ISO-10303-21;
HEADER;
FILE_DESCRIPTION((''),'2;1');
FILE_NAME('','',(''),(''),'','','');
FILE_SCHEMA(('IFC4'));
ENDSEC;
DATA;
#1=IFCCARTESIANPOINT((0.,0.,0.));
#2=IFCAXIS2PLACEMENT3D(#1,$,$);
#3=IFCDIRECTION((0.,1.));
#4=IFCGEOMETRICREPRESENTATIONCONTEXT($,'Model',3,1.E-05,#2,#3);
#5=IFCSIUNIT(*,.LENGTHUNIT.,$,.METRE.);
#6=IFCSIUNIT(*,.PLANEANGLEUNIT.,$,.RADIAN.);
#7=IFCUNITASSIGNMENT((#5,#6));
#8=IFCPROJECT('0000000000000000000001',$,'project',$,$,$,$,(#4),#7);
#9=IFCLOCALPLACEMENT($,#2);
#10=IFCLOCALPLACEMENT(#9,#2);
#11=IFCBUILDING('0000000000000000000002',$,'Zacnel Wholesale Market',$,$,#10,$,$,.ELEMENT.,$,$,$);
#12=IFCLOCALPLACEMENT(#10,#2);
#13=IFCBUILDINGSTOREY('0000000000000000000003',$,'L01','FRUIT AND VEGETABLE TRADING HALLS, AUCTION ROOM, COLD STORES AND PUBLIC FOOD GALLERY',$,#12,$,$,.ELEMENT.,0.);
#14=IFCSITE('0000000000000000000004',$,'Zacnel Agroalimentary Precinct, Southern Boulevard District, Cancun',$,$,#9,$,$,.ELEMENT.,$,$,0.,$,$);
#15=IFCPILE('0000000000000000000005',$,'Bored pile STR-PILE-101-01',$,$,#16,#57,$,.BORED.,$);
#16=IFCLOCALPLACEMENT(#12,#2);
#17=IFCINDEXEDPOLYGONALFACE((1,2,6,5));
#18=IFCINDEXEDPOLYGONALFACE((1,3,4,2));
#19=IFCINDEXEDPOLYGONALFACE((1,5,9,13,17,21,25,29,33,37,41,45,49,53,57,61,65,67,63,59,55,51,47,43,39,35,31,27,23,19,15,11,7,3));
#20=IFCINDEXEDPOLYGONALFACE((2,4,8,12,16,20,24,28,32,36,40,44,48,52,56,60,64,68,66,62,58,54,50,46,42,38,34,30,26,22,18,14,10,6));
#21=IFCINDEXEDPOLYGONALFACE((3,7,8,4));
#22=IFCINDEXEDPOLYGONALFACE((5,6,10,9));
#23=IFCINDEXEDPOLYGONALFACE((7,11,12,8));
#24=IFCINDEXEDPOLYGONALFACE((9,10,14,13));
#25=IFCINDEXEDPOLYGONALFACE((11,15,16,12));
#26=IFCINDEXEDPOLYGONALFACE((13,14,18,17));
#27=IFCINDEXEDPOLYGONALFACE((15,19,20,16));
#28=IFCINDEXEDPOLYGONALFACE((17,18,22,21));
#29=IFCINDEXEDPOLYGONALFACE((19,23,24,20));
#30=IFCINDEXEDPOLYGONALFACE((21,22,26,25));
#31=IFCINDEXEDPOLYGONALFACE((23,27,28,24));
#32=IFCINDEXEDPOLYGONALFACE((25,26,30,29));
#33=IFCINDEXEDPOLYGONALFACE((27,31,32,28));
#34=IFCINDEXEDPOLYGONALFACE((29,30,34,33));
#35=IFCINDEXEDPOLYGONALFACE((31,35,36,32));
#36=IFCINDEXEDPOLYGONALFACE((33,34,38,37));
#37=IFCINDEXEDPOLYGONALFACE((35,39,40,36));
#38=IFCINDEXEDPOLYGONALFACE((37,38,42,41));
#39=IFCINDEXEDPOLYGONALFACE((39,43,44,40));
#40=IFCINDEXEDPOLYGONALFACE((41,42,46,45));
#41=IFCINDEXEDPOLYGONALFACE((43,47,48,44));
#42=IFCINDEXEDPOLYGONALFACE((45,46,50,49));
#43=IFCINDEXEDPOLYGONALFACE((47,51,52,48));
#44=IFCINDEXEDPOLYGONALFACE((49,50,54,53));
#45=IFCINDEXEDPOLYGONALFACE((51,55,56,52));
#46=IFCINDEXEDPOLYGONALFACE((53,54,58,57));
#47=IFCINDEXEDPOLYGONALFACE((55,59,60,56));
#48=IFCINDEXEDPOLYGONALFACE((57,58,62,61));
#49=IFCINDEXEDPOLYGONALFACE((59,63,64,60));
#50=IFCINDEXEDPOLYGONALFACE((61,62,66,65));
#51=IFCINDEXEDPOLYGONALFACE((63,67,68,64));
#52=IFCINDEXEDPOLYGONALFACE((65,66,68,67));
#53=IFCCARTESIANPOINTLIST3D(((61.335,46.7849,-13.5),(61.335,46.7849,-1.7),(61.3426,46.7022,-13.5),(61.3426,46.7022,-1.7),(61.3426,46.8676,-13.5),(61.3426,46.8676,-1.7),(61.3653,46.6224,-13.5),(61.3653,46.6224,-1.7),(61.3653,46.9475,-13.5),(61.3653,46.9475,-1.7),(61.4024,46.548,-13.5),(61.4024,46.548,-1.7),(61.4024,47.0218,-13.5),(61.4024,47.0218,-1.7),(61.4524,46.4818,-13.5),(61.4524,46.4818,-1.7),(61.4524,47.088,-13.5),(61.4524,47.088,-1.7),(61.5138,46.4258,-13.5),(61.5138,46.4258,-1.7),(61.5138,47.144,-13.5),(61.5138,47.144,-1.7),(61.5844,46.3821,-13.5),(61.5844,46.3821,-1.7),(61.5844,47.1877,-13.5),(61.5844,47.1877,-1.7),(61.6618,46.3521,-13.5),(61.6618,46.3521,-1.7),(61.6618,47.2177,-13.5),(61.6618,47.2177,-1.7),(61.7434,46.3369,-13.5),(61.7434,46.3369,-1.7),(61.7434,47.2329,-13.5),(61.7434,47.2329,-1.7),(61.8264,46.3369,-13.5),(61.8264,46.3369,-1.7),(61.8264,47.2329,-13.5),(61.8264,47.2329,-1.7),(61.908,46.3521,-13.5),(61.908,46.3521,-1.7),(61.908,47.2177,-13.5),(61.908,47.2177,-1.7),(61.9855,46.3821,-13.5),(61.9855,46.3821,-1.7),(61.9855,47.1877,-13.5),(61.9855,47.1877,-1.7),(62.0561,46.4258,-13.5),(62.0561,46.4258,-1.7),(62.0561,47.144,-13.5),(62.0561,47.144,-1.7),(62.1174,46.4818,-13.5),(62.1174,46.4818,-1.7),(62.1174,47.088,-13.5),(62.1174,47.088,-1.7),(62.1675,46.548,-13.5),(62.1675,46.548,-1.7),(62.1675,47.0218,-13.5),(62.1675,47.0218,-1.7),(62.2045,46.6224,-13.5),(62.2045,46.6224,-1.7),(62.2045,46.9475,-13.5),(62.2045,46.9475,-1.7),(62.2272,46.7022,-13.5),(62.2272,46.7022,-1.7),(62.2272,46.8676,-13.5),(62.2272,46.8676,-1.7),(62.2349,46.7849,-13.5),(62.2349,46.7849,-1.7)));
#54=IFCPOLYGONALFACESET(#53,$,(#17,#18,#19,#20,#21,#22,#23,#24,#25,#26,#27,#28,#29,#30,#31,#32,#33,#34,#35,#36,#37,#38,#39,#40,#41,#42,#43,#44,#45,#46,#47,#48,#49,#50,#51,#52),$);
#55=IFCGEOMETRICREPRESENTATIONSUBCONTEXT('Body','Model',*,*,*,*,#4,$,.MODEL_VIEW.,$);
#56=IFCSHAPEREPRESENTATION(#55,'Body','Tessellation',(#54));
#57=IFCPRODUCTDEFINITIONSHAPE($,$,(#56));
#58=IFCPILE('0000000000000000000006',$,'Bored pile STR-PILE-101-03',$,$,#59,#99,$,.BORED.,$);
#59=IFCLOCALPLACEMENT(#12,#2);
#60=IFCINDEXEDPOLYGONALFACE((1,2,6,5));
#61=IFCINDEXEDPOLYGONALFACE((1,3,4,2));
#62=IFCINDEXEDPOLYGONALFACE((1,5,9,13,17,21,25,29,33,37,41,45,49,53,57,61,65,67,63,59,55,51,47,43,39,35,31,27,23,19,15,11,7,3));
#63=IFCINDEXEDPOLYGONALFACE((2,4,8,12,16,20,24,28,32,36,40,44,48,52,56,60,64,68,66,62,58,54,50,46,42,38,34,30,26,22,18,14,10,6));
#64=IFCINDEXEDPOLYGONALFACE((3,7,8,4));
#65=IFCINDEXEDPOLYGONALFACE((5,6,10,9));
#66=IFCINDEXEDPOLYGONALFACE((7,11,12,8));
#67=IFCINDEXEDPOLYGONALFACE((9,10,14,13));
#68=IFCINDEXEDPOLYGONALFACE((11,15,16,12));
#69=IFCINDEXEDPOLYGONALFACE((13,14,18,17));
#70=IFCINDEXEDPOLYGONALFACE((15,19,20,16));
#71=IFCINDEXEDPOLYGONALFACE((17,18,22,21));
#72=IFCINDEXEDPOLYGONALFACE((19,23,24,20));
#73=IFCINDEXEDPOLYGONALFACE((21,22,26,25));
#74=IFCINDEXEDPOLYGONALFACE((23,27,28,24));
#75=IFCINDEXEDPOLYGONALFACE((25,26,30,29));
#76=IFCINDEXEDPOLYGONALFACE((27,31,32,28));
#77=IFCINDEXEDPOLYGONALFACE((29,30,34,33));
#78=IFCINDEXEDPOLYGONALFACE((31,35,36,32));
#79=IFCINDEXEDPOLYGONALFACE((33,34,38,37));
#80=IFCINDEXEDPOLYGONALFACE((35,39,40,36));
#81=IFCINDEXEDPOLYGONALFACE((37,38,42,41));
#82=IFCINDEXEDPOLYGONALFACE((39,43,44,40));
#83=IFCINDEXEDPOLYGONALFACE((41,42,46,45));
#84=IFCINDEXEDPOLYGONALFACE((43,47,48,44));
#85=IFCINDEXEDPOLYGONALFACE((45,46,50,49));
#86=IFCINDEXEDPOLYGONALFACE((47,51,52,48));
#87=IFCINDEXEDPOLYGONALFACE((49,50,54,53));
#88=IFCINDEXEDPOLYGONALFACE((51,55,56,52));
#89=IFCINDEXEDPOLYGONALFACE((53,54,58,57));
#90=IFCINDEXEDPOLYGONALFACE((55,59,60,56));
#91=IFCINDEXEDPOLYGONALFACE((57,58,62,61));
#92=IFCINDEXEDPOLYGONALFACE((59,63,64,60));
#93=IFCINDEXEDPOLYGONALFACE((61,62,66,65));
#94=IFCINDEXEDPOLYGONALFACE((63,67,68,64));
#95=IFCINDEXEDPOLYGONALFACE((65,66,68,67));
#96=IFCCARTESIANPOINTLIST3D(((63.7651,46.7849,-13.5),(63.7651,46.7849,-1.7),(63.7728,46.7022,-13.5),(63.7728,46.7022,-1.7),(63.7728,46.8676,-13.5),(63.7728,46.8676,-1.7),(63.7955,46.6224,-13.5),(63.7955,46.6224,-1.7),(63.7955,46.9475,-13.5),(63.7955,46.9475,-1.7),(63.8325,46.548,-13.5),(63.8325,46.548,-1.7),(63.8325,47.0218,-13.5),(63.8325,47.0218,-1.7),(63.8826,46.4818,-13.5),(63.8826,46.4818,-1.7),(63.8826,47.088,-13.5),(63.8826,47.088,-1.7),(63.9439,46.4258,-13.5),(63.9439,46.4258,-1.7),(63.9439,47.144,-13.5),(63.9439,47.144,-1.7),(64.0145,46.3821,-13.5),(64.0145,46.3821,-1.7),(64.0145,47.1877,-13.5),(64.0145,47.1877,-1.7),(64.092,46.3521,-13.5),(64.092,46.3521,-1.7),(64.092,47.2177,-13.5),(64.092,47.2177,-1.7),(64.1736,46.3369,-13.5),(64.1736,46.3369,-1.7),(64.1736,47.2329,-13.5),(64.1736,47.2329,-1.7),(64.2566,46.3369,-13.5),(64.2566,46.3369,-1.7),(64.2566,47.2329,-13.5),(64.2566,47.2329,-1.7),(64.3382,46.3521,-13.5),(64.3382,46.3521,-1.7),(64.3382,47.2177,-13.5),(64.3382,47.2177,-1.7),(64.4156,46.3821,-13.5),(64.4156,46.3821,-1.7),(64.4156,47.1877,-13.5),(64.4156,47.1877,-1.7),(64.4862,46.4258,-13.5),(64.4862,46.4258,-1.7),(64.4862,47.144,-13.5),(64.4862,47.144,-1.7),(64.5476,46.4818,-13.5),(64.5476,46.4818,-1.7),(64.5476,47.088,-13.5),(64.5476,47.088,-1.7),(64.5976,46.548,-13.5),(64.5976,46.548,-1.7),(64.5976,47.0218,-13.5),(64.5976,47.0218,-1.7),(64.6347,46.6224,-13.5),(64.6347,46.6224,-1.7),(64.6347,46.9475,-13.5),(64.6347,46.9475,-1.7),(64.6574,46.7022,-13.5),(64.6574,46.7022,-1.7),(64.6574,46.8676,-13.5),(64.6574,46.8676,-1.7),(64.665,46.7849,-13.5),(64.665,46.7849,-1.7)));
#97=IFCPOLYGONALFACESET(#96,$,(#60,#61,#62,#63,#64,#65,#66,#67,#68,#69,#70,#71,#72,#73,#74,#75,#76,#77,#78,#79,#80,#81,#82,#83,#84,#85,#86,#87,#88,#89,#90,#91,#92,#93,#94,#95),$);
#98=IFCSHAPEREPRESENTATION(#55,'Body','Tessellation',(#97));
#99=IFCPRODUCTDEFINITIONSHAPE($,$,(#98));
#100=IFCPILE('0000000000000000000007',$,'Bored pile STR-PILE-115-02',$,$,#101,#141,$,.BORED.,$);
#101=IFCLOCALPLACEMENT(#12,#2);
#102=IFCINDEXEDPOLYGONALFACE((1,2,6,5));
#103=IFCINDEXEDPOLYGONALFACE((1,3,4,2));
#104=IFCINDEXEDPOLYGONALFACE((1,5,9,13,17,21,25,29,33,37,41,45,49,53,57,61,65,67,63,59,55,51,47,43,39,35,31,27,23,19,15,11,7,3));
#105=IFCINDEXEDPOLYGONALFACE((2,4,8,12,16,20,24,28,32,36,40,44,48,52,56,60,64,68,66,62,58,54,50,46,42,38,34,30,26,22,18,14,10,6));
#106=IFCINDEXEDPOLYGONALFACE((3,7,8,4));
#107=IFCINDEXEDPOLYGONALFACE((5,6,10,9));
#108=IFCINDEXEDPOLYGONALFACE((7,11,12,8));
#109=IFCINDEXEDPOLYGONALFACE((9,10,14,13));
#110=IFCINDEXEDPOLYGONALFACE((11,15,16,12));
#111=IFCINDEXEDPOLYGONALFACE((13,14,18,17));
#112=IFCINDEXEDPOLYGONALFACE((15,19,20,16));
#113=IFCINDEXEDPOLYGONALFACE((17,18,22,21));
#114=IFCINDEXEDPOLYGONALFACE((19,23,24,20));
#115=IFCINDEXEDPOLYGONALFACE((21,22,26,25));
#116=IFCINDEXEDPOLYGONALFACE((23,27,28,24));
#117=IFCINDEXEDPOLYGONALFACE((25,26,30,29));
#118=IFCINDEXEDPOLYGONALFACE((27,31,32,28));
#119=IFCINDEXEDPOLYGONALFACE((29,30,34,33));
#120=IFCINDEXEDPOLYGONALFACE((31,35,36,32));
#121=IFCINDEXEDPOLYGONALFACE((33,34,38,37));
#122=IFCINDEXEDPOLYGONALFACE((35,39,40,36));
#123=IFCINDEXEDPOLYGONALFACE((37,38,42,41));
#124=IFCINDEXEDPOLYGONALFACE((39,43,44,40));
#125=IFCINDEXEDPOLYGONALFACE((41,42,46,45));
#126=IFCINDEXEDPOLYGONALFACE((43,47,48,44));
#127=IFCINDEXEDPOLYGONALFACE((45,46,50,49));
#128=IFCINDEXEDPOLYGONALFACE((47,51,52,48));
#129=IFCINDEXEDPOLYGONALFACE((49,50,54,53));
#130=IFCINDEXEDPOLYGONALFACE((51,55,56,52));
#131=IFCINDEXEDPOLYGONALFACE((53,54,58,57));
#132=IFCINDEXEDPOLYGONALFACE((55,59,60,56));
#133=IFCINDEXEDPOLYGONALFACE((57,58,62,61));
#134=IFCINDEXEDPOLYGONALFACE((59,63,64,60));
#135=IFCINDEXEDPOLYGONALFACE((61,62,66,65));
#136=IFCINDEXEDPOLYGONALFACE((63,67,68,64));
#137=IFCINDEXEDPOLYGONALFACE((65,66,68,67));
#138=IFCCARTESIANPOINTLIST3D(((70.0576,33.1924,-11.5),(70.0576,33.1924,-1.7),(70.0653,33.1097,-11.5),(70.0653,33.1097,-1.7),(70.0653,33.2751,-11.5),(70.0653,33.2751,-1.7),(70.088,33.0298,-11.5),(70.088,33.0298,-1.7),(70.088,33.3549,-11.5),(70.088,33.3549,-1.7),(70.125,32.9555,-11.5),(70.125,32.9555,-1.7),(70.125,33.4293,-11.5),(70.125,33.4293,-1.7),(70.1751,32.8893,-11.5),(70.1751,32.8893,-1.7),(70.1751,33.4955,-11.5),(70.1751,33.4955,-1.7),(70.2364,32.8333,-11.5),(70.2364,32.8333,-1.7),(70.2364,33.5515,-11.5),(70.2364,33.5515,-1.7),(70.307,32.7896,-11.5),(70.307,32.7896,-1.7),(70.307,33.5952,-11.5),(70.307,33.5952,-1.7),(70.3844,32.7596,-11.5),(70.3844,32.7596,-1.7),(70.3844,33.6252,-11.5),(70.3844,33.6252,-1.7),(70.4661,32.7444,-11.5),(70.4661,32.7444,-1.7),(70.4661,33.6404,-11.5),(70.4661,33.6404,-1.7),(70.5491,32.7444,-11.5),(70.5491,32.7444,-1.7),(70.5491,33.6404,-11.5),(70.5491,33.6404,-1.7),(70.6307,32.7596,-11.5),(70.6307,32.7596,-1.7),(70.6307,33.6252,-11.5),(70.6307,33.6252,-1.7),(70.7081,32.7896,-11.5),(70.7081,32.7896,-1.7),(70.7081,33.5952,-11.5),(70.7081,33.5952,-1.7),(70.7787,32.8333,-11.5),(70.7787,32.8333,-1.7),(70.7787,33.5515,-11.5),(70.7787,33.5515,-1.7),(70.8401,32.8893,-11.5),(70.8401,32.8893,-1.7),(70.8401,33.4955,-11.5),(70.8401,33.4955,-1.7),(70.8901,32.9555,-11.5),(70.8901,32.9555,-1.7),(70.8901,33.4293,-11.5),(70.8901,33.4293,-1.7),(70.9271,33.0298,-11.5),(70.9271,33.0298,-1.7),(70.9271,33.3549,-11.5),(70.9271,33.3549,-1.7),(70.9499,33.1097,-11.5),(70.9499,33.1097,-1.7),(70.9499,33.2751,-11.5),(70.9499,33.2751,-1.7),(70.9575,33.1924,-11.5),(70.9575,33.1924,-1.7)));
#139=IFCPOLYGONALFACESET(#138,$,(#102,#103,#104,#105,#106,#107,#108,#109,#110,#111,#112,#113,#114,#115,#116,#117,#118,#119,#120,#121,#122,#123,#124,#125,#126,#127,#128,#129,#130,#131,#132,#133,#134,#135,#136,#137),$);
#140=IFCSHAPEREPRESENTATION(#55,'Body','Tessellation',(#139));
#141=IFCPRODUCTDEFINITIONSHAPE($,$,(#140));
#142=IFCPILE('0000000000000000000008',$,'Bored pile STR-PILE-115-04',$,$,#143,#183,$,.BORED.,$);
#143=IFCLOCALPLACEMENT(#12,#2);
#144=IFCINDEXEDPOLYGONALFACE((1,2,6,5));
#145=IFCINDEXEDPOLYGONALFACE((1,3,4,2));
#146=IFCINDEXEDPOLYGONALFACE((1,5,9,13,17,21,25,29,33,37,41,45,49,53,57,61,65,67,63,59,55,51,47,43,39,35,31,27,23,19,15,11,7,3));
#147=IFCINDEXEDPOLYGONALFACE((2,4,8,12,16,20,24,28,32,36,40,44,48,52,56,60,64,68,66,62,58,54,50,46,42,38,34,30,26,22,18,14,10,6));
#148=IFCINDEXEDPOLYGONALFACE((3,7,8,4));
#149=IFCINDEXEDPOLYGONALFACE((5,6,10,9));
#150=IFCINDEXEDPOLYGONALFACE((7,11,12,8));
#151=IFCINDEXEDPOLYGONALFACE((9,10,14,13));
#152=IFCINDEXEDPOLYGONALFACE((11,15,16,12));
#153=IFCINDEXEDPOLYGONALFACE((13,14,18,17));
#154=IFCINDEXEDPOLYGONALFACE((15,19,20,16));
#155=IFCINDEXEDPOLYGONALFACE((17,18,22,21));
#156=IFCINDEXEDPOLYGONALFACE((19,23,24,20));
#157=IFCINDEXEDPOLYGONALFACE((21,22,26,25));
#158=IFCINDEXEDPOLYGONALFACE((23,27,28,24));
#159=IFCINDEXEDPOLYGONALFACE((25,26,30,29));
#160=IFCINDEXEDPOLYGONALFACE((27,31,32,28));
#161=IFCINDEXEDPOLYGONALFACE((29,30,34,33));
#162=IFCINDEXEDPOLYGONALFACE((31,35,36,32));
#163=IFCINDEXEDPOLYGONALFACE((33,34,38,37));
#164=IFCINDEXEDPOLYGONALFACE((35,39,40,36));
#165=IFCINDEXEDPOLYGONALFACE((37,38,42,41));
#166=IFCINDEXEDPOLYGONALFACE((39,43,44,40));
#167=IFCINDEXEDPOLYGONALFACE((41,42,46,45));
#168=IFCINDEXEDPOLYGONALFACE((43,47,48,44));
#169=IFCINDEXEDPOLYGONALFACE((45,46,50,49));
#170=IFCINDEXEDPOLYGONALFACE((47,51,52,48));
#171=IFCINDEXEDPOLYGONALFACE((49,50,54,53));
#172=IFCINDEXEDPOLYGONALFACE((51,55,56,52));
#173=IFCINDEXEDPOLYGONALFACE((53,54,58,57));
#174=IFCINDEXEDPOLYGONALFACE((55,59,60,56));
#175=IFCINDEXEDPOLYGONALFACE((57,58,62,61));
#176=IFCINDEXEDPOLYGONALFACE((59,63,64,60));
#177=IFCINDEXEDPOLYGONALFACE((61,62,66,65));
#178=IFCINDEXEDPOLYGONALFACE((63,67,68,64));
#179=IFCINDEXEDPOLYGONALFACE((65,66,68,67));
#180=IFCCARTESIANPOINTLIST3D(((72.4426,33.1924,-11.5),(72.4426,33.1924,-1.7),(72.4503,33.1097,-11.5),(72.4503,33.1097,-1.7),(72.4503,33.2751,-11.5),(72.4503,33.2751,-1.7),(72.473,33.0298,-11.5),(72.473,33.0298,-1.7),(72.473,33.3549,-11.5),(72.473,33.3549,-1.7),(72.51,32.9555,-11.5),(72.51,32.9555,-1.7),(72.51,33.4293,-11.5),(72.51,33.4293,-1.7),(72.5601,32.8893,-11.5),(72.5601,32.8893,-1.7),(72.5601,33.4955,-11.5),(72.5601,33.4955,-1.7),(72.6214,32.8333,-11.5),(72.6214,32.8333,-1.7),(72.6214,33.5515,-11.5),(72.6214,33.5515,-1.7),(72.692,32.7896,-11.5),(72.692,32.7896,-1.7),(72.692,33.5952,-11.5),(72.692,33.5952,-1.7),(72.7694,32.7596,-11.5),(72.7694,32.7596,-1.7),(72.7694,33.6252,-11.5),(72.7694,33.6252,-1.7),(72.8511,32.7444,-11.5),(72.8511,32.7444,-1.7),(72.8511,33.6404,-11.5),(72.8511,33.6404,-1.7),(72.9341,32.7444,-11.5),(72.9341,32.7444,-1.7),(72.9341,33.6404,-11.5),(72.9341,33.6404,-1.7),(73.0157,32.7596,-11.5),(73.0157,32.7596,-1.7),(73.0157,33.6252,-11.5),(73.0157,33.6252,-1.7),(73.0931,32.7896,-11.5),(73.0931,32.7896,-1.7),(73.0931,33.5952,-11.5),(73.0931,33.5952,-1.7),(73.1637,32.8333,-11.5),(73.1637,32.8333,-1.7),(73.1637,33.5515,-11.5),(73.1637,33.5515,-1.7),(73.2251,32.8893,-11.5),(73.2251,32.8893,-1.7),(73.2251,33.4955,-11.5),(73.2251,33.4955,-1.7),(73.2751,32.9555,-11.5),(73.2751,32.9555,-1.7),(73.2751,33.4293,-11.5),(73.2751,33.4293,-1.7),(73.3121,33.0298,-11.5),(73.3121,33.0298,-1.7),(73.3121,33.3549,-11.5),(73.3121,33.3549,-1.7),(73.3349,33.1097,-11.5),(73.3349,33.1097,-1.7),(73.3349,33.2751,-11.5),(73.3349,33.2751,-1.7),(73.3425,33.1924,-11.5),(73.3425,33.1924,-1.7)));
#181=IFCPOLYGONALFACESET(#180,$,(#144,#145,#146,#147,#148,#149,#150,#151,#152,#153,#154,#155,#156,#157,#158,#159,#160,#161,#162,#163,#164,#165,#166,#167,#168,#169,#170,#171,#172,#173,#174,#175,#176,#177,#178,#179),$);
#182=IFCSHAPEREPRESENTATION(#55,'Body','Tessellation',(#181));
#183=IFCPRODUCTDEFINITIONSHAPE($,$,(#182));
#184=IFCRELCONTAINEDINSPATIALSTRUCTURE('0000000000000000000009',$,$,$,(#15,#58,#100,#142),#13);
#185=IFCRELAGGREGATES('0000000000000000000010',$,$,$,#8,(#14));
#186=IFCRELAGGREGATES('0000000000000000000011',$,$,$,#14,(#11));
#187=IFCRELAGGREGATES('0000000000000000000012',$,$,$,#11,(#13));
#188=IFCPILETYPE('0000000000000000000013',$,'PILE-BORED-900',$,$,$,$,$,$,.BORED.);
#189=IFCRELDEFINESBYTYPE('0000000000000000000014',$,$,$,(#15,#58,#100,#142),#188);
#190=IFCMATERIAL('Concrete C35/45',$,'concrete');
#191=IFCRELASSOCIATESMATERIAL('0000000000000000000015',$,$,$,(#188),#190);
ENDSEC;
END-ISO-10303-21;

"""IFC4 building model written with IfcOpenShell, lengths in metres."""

from ifc_helpers import new_model, si_unit, direction, frame, origin, origin_2d, place, context, subcontext, project, spatial, circle, extrude, material, material_profile, profile_set, type_object, element, save


model = new_model("IFC4")

# Units and contexts
model_context = context("Model", 3, precision=1e-05, world=origin(), true_north=direction((0.0, 1.0)))
body_context = subcontext(model_context, "Body", "Model", "MODEL_VIEW")
ifc_project = project(units=[si_unit("LENGTHUNIT", "METRE"), si_unit("PLANEANGLEUNIT", "RADIAN")], contexts=[model_context])

# Site, building, storey
site_placement = place(None, origin())
site = spatial("IfcSite", under=ifc_project, at=site_placement, Name="Zacnel Agroalimentary Precinct, Southern Boulevard District, Cancun", CompositionType="ELEMENT", RefElevation=0.0)
building_placement = place(site_placement, origin())
building = spatial("IfcBuilding", under=site, at=building_placement, Name="Zacnel Wholesale Market", CompositionType="ELEMENT")
storey_placement = place(building_placement, origin())
storey = spatial("IfcBuildingStorey", under=building, at=storey_placement, Name="L01", Description="FRUIT AND VEGETABLE TRADING HALLS, AUCTION ROOM, COLD STORES AND PUBLIC FOOD GALLERY", CompositionType="ELEMENT", Elevation=0.0)

# Piles
ifc_material_1 = material(Name="Concrete C35/45", Category="concrete")
ifc_material_profile_1 = material_profile(ifc_material_1, circle(Radius=0.45, at=origin_2d()), Name="BORED PILE D900")
ifc_profile_set_1 = profile_set([ifc_material_profile_1], Name="Concrete C35/45")
pile_type = type_object("IfcPileType", Name="PILE-BORED-900", PredefinedType="BORED", material=ifc_profile_set_1)
for number, where, z_axis, x_axis, name in (
    (1, (61.7849, 46.7849, -1.7), (0.0, 0.0, -1.0), (1.0, 0.0, 0.0), "Bored pile STR-PILE-101-01"),
    (2, (64.2151, 46.7849, -1.7), (0.0, 0.0, -1.0), (1.0, 0.0, 0.0), "Bored pile STR-PILE-101-03"),
):
    element("IfcPile", number, at=place(storey_placement, frame(where, z_axis=z_axis, x_axis=x_axis)), inside=storey, type_object=pile_type, Name=name, PredefinedType="BORED", context=body_context, shape_type="SweptSolid", body=[
        extrude(circle(Radius=0.45, at=origin_2d()), origin(), (0.0, 0.0, 1.0), 11.8),
    ])
for number, where, z_axis, x_axis, name in (
    (3, (70.5076, 33.1924, -1.7), (0.0, 0.0, -1.0), (1.0, 0.0, 0.0), "Bored pile STR-PILE-115-02"),
    (4, (72.8926, 33.1924, -1.7), (0.0, 0.0, -1.0), (1.0, 0.0, 0.0), "Bored pile STR-PILE-115-04"),
):
    element("IfcPile", number, at=place(storey_placement, frame(where, z_axis=z_axis, x_axis=x_axis)), inside=storey, type_object=pile_type, Name=name, PredefinedType="BORED", context=body_context, shape_type="SweptSolid", body=[
        extrude(circle(Radius=0.45, at=origin_2d()), origin(), (0.0, 0.0, 1.0), 9.8),
    ])

save(model, "model.ifc")
